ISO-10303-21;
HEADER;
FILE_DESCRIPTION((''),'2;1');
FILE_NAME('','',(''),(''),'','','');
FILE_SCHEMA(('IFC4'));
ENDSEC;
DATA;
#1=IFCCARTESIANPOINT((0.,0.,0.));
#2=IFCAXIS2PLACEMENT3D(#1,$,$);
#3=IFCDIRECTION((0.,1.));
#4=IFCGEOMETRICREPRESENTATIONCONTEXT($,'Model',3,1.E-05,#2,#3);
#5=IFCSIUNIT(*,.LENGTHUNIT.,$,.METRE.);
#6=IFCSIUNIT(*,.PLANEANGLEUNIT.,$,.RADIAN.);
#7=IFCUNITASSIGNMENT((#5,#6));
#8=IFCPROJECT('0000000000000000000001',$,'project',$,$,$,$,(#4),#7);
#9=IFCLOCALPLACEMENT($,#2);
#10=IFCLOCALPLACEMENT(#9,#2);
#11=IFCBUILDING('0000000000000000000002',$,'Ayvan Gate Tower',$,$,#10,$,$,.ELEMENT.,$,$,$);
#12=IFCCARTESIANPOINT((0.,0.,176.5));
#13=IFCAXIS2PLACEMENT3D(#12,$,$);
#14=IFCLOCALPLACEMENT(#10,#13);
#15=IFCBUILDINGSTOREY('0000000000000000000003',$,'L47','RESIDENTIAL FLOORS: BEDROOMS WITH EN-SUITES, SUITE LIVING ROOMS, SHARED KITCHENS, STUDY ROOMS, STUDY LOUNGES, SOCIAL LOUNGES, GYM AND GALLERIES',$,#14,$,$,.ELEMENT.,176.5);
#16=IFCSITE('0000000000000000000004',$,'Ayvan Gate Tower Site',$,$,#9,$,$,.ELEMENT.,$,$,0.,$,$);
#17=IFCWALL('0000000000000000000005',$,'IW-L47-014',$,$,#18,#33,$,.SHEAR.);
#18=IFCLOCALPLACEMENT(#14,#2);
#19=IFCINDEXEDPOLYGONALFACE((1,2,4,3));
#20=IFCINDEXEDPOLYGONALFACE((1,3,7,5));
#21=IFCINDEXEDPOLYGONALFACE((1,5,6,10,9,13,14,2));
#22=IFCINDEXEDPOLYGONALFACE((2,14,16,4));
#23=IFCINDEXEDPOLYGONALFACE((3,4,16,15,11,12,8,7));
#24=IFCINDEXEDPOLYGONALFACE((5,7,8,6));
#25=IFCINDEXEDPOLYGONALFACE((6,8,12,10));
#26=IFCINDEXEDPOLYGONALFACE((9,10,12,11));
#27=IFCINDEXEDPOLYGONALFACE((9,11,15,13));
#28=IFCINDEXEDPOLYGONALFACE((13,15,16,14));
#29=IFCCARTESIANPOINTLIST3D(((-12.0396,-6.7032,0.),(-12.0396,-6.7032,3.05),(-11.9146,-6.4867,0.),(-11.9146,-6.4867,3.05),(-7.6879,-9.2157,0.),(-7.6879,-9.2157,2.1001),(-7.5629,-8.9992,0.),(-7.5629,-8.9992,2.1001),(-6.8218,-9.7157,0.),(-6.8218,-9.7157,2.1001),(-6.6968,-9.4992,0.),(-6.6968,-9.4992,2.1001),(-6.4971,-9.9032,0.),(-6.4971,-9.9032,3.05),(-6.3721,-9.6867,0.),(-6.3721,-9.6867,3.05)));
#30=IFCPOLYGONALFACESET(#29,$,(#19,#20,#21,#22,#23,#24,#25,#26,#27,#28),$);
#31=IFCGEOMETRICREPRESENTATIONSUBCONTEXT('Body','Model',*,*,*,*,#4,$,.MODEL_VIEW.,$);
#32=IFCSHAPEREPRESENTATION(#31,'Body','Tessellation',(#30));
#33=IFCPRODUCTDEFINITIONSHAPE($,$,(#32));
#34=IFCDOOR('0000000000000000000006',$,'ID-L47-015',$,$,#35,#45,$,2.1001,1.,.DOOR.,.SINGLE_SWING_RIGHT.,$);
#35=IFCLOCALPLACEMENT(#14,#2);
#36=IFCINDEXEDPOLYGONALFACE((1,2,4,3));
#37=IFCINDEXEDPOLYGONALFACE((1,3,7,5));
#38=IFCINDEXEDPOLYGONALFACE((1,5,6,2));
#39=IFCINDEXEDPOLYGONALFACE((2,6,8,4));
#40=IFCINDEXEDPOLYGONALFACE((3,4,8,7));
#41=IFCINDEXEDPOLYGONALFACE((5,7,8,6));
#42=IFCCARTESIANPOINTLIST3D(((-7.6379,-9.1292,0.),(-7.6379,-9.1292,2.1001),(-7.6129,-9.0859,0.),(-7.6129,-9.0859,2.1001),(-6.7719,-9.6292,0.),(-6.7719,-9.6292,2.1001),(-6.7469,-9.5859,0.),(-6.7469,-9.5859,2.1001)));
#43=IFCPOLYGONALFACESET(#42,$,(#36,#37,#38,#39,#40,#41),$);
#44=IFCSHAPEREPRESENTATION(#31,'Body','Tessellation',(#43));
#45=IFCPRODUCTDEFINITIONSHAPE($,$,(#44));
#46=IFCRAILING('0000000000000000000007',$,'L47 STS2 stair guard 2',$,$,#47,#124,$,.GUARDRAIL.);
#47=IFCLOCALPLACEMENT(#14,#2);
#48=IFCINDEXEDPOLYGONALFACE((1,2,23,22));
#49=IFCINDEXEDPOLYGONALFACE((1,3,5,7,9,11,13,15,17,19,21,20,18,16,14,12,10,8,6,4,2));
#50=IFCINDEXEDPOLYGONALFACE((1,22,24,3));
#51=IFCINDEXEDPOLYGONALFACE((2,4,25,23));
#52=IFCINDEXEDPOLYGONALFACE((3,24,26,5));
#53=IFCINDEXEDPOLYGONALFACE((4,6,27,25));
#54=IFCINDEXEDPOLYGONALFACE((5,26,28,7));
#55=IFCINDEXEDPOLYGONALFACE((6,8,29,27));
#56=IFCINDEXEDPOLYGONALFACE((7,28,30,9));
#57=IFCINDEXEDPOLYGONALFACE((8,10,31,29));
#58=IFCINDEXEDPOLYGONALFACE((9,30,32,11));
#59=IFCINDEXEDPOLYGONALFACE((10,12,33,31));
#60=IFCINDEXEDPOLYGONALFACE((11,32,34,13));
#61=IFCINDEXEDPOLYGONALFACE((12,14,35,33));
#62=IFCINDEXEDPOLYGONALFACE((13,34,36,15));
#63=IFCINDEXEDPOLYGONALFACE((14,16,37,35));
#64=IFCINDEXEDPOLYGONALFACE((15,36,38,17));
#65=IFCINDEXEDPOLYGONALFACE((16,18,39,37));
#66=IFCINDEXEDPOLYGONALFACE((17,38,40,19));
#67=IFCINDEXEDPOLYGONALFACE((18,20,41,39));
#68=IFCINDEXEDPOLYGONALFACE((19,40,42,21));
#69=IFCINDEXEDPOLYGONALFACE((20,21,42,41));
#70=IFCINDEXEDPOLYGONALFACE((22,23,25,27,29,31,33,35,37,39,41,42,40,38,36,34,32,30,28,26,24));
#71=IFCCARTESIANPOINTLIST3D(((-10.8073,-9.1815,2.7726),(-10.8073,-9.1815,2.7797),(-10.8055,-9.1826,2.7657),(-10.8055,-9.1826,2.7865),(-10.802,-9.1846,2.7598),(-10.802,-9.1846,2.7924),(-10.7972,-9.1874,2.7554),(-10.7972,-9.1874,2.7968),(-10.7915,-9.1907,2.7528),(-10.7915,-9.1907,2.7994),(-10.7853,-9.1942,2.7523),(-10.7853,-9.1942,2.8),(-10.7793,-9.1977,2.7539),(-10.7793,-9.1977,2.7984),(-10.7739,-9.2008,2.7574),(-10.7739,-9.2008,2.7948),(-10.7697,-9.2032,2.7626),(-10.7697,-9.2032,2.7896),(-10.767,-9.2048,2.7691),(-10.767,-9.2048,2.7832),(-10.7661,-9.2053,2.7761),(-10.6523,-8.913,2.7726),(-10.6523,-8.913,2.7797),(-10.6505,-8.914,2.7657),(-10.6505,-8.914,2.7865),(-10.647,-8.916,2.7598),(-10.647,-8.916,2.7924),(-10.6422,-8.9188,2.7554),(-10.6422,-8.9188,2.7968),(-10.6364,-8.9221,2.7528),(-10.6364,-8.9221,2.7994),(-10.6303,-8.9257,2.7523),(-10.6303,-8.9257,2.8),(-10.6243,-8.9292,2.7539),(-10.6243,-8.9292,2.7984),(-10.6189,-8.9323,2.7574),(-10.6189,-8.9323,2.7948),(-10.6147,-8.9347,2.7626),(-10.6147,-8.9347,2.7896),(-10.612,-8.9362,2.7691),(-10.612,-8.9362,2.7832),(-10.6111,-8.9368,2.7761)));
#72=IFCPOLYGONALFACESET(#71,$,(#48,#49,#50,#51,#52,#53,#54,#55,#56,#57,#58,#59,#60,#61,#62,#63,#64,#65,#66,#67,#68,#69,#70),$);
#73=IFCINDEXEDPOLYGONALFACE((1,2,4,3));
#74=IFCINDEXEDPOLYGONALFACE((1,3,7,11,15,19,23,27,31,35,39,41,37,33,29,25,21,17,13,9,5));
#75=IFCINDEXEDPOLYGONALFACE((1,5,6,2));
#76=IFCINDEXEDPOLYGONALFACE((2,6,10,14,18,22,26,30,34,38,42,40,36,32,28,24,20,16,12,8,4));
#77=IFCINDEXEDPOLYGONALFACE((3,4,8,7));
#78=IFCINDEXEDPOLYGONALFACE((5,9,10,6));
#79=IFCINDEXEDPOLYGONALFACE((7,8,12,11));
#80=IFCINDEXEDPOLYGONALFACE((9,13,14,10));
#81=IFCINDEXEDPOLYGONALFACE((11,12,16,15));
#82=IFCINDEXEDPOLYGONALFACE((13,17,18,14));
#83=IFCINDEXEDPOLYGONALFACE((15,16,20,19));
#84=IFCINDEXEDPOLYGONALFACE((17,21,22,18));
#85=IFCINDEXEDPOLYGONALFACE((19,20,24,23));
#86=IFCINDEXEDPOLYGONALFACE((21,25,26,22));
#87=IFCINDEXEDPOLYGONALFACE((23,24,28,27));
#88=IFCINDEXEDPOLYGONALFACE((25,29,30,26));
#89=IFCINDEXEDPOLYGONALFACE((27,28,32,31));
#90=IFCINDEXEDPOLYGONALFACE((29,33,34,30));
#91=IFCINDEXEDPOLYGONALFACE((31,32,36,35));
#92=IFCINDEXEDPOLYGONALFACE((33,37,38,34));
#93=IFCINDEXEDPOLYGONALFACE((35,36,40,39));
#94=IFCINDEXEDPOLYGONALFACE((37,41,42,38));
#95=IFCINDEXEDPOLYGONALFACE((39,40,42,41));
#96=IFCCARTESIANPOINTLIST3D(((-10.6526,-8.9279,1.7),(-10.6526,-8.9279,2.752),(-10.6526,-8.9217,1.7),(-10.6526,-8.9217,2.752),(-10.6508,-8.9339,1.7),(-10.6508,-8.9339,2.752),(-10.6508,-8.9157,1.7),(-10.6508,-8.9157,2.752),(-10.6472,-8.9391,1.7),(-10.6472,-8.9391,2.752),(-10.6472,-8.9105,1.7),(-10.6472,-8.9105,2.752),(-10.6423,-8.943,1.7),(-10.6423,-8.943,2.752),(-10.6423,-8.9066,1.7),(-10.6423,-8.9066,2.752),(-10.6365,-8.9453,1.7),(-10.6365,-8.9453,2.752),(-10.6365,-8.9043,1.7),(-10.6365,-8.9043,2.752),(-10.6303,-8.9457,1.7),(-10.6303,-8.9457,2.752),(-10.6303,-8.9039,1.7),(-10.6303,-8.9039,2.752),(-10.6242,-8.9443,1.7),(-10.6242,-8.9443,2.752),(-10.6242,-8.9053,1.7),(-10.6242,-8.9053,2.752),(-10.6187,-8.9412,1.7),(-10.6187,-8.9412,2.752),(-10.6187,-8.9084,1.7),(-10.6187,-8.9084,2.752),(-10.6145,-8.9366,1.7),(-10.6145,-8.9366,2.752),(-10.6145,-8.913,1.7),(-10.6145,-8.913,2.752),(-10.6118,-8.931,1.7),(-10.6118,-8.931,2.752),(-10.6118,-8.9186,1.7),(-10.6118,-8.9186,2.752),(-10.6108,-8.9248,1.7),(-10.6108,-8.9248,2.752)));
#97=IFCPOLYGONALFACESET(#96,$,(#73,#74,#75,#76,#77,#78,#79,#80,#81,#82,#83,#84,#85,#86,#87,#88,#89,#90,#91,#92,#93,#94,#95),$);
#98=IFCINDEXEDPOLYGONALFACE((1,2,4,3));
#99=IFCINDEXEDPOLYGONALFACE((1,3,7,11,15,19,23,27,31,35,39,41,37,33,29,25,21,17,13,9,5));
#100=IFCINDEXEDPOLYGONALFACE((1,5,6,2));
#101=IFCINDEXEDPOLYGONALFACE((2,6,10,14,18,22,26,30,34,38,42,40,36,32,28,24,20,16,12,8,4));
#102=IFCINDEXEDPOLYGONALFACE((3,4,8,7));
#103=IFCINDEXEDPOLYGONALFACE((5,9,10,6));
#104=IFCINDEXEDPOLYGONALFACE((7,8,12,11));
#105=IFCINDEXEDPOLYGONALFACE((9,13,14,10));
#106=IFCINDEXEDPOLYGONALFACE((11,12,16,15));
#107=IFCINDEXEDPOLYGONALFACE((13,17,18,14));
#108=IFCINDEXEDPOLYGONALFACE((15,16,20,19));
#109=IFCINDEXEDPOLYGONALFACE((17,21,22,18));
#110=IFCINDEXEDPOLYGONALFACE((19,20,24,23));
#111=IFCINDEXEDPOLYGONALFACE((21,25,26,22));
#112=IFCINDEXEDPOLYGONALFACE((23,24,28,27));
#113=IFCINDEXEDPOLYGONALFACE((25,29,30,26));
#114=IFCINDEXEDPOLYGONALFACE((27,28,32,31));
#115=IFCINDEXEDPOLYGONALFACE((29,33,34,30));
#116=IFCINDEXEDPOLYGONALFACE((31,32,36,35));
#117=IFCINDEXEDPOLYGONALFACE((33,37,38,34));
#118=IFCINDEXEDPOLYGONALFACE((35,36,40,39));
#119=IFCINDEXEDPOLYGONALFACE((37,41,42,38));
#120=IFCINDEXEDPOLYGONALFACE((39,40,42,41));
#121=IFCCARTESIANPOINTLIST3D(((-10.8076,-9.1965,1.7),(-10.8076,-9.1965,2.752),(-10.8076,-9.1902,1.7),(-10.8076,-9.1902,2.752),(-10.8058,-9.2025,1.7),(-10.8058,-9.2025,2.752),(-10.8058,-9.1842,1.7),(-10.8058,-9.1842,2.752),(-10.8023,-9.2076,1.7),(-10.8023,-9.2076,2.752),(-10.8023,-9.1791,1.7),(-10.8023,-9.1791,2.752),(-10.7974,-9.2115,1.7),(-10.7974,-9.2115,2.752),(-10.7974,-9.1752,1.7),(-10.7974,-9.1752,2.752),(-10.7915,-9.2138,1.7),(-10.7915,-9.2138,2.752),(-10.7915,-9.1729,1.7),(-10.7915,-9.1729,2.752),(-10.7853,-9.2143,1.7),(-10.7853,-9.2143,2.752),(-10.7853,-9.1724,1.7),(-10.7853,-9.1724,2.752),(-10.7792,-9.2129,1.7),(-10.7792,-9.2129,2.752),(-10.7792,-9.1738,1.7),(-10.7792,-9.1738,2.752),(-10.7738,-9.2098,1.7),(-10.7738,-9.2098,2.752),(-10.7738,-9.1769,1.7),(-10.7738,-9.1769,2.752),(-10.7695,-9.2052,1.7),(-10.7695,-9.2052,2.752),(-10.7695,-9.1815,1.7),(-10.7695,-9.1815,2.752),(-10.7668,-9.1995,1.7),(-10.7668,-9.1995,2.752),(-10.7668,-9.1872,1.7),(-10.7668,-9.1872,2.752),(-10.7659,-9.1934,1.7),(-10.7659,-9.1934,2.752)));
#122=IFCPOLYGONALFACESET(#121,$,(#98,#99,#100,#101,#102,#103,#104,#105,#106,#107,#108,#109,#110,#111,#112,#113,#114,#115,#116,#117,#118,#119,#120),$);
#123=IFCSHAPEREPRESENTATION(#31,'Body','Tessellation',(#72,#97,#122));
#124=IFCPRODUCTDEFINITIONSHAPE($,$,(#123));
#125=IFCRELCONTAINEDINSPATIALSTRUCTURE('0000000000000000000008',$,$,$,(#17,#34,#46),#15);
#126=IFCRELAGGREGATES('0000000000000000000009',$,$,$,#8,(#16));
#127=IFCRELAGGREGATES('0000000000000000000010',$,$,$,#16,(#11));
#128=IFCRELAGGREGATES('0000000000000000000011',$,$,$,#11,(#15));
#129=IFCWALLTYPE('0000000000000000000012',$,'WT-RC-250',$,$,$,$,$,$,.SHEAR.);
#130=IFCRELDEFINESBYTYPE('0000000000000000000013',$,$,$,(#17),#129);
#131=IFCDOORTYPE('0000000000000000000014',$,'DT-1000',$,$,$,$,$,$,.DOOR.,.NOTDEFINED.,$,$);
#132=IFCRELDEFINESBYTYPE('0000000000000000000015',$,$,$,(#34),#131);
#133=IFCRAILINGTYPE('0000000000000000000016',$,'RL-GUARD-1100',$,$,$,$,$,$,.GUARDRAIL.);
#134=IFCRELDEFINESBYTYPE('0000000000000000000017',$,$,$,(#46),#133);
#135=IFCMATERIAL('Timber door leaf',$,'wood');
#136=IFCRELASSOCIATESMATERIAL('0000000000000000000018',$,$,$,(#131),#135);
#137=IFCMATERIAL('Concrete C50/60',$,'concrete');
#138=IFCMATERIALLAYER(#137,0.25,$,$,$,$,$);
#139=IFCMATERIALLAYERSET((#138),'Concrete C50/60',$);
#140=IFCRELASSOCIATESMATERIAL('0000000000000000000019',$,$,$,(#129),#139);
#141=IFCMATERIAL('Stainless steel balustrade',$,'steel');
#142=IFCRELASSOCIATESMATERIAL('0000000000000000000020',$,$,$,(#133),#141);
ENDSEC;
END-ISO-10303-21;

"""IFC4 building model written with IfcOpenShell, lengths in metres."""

from ifc_helpers import new_model, si_unit, direction, frame, frame_2d, origin, origin_2d, place, context, subcontext, project, spatial, rectangle, circle, extrude, material, layer, layer_set, type_object, element, fill, save


model = new_model("IFC4")

# Units and contexts
model_context = context("Model", 3, precision=1e-05, world=origin(), true_north=direction((0.0, 1.0)))
body_context = subcontext(model_context, "Body", "Model", "MODEL_VIEW")
ifc_project = project(units=[si_unit("LENGTHUNIT", "METRE"), si_unit("PLANEANGLEUNIT", "RADIAN")], contexts=[model_context])

# Site, building, storey
site_placement = place(None, origin())
site = spatial("IfcSite", under=ifc_project, at=site_placement, Name="Ayvan Gate Tower Site", CompositionType="ELEMENT", RefElevation=0.0)
building_placement = place(site_placement, origin())
building = spatial("IfcBuilding", under=site, at=building_placement, Name="Ayvan Gate Tower", CompositionType="ELEMENT")
storey_placement = place(building_placement, frame((0.0, 0.0, 176.5)))
storey = spatial("IfcBuildingStorey", under=building, at=storey_placement, Name="L47", Description="RESIDENTIAL FLOORS: BEDROOMS WITH EN-SUITES, SUITE LIVING ROOMS, SHARED KITCHENS, STUDY ROOMS, STUDY LOUNGES, SOCIAL LOUNGES, GYM AND GALLERIES", CompositionType="ELEMENT", Elevation=176.5)

# Shared definitions
ifc_material_1 = material(Name="Timber door leaf", Category="wood")
door_type_1 = type_object("IfcDoorType", Name="DT-1000", OperationType="NOTDEFINED", PredefinedType="DOOR", material=ifc_material_1)

# Shared definitions
ifc_material_2 = material(Name="Concrete C50/60", Category="concrete")
ifc_layer_1 = layer(ifc_material_2, 0.25)
ifc_layer_set_1 = layer_set([ifc_layer_1], Name="Concrete C50/60")
wall_type_1 = type_object("IfcWallType", Name="WT-RC-250", PredefinedType="SHEAR", material=ifc_layer_set_1)

# Wall, opening, door
wall_1_placement = place(storey_placement, frame((-11.9771, -6.595, 0.0), z_axis=(0.0, 0.0, 1.0), x_axis=(0.866025, -0.5, 0.0)))
wall_1 = element("IfcWall", 1, at=wall_1_placement, inside=storey, type_object=wall_type_1, Name="IW-L47-014", PredefinedType="SHEAR", context=body_context, shape_type="SweptSolid", body=[
    extrude(rectangle(XDim=6.3999, YDim=0.25, at=frame_2d((3.2, 0.0))), origin(), (0.0, 0.0, 1.0), 3.05),
])
opening_1_placement = place(wall_1_placement, frame((5.0249, 0.0, 0.0)))
opening_1 = element("IfcOpeningElement", 2, at=opening_1_placement, cuts=wall_1, PredefinedType="OPENING", context=body_context, shape_type="SweptSolid", body=[
    extrude(rectangle(XDim=1.0, YDim=2.1001, at=frame_2d((0.5, 1.05))), frame((0.0, 0.135, 0.0), z_axis=(0.0, -1.0, 0.0), x_axis=(1.0, 0.0, 0.0)), (0.0, 0.0, 1.0), 0.27),
])
door_1_placement = place(opening_1_placement, origin())
door_1 = element("IfcDoor", 3, at=door_1_placement, inside=storey, type_object=door_type_1, Name="ID-L47-015", OperationType="SINGLE_SWING_RIGHT", OverallHeight=2.1001, OverallWidth=1.0, PredefinedType="DOOR", context=body_context, shape_type="SweptSolid", body=[
    extrude(rectangle(XDim=1.0, YDim=2.1001, at=frame_2d((0.5, 1.05))), frame((0.0, 0.0249, 0.0), z_axis=(0.0, -1.0, 0.0), x_axis=(1.0, 0.0, 0.0)), (0.0, 0.0, 1.0), 0.05),
])
fill(opening_1, door_1)

# Railing
ifc_material_3 = material(Name="Stainless steel balustrade", Category="steel")
railing_type_1 = type_object("IfcRailingType", Name="RL-GUARD-1100", PredefinedType="GUARDRAIL", material=ifc_material_3)
railing_1_placement = place(storey_placement, frame((-10.6318, -8.9248, 1.7)))
element("IfcRailing", 4, at=railing_1_placement, inside=storey, type_object=railing_type_1, Name="L47 STS2 stair guard 2", PredefinedType="GUARDRAIL", context=body_context, shape_type="SweptSolid", body=[
    extrude(circle(Radius=0.0239, at=origin_2d()), frame((0.0, 0.0, 1.0762), z_axis=(-0.49995, -0.866054, 0.0), x_axis=(0.866054, -0.49995, 0.0)), (0.0, 0.0, 1.0), 0.3101),
    extrude(circle(Radius=0.021, at=origin_2d()), origin(), (0.0, 0.0, 1.0), 1.052),
    extrude(circle(Radius=0.021, at=origin_2d()), frame((-0.155, -0.2686, 0.0)), (0.0, 0.0, 1.0), 1.052),
])

save(model, "model.ifc")
